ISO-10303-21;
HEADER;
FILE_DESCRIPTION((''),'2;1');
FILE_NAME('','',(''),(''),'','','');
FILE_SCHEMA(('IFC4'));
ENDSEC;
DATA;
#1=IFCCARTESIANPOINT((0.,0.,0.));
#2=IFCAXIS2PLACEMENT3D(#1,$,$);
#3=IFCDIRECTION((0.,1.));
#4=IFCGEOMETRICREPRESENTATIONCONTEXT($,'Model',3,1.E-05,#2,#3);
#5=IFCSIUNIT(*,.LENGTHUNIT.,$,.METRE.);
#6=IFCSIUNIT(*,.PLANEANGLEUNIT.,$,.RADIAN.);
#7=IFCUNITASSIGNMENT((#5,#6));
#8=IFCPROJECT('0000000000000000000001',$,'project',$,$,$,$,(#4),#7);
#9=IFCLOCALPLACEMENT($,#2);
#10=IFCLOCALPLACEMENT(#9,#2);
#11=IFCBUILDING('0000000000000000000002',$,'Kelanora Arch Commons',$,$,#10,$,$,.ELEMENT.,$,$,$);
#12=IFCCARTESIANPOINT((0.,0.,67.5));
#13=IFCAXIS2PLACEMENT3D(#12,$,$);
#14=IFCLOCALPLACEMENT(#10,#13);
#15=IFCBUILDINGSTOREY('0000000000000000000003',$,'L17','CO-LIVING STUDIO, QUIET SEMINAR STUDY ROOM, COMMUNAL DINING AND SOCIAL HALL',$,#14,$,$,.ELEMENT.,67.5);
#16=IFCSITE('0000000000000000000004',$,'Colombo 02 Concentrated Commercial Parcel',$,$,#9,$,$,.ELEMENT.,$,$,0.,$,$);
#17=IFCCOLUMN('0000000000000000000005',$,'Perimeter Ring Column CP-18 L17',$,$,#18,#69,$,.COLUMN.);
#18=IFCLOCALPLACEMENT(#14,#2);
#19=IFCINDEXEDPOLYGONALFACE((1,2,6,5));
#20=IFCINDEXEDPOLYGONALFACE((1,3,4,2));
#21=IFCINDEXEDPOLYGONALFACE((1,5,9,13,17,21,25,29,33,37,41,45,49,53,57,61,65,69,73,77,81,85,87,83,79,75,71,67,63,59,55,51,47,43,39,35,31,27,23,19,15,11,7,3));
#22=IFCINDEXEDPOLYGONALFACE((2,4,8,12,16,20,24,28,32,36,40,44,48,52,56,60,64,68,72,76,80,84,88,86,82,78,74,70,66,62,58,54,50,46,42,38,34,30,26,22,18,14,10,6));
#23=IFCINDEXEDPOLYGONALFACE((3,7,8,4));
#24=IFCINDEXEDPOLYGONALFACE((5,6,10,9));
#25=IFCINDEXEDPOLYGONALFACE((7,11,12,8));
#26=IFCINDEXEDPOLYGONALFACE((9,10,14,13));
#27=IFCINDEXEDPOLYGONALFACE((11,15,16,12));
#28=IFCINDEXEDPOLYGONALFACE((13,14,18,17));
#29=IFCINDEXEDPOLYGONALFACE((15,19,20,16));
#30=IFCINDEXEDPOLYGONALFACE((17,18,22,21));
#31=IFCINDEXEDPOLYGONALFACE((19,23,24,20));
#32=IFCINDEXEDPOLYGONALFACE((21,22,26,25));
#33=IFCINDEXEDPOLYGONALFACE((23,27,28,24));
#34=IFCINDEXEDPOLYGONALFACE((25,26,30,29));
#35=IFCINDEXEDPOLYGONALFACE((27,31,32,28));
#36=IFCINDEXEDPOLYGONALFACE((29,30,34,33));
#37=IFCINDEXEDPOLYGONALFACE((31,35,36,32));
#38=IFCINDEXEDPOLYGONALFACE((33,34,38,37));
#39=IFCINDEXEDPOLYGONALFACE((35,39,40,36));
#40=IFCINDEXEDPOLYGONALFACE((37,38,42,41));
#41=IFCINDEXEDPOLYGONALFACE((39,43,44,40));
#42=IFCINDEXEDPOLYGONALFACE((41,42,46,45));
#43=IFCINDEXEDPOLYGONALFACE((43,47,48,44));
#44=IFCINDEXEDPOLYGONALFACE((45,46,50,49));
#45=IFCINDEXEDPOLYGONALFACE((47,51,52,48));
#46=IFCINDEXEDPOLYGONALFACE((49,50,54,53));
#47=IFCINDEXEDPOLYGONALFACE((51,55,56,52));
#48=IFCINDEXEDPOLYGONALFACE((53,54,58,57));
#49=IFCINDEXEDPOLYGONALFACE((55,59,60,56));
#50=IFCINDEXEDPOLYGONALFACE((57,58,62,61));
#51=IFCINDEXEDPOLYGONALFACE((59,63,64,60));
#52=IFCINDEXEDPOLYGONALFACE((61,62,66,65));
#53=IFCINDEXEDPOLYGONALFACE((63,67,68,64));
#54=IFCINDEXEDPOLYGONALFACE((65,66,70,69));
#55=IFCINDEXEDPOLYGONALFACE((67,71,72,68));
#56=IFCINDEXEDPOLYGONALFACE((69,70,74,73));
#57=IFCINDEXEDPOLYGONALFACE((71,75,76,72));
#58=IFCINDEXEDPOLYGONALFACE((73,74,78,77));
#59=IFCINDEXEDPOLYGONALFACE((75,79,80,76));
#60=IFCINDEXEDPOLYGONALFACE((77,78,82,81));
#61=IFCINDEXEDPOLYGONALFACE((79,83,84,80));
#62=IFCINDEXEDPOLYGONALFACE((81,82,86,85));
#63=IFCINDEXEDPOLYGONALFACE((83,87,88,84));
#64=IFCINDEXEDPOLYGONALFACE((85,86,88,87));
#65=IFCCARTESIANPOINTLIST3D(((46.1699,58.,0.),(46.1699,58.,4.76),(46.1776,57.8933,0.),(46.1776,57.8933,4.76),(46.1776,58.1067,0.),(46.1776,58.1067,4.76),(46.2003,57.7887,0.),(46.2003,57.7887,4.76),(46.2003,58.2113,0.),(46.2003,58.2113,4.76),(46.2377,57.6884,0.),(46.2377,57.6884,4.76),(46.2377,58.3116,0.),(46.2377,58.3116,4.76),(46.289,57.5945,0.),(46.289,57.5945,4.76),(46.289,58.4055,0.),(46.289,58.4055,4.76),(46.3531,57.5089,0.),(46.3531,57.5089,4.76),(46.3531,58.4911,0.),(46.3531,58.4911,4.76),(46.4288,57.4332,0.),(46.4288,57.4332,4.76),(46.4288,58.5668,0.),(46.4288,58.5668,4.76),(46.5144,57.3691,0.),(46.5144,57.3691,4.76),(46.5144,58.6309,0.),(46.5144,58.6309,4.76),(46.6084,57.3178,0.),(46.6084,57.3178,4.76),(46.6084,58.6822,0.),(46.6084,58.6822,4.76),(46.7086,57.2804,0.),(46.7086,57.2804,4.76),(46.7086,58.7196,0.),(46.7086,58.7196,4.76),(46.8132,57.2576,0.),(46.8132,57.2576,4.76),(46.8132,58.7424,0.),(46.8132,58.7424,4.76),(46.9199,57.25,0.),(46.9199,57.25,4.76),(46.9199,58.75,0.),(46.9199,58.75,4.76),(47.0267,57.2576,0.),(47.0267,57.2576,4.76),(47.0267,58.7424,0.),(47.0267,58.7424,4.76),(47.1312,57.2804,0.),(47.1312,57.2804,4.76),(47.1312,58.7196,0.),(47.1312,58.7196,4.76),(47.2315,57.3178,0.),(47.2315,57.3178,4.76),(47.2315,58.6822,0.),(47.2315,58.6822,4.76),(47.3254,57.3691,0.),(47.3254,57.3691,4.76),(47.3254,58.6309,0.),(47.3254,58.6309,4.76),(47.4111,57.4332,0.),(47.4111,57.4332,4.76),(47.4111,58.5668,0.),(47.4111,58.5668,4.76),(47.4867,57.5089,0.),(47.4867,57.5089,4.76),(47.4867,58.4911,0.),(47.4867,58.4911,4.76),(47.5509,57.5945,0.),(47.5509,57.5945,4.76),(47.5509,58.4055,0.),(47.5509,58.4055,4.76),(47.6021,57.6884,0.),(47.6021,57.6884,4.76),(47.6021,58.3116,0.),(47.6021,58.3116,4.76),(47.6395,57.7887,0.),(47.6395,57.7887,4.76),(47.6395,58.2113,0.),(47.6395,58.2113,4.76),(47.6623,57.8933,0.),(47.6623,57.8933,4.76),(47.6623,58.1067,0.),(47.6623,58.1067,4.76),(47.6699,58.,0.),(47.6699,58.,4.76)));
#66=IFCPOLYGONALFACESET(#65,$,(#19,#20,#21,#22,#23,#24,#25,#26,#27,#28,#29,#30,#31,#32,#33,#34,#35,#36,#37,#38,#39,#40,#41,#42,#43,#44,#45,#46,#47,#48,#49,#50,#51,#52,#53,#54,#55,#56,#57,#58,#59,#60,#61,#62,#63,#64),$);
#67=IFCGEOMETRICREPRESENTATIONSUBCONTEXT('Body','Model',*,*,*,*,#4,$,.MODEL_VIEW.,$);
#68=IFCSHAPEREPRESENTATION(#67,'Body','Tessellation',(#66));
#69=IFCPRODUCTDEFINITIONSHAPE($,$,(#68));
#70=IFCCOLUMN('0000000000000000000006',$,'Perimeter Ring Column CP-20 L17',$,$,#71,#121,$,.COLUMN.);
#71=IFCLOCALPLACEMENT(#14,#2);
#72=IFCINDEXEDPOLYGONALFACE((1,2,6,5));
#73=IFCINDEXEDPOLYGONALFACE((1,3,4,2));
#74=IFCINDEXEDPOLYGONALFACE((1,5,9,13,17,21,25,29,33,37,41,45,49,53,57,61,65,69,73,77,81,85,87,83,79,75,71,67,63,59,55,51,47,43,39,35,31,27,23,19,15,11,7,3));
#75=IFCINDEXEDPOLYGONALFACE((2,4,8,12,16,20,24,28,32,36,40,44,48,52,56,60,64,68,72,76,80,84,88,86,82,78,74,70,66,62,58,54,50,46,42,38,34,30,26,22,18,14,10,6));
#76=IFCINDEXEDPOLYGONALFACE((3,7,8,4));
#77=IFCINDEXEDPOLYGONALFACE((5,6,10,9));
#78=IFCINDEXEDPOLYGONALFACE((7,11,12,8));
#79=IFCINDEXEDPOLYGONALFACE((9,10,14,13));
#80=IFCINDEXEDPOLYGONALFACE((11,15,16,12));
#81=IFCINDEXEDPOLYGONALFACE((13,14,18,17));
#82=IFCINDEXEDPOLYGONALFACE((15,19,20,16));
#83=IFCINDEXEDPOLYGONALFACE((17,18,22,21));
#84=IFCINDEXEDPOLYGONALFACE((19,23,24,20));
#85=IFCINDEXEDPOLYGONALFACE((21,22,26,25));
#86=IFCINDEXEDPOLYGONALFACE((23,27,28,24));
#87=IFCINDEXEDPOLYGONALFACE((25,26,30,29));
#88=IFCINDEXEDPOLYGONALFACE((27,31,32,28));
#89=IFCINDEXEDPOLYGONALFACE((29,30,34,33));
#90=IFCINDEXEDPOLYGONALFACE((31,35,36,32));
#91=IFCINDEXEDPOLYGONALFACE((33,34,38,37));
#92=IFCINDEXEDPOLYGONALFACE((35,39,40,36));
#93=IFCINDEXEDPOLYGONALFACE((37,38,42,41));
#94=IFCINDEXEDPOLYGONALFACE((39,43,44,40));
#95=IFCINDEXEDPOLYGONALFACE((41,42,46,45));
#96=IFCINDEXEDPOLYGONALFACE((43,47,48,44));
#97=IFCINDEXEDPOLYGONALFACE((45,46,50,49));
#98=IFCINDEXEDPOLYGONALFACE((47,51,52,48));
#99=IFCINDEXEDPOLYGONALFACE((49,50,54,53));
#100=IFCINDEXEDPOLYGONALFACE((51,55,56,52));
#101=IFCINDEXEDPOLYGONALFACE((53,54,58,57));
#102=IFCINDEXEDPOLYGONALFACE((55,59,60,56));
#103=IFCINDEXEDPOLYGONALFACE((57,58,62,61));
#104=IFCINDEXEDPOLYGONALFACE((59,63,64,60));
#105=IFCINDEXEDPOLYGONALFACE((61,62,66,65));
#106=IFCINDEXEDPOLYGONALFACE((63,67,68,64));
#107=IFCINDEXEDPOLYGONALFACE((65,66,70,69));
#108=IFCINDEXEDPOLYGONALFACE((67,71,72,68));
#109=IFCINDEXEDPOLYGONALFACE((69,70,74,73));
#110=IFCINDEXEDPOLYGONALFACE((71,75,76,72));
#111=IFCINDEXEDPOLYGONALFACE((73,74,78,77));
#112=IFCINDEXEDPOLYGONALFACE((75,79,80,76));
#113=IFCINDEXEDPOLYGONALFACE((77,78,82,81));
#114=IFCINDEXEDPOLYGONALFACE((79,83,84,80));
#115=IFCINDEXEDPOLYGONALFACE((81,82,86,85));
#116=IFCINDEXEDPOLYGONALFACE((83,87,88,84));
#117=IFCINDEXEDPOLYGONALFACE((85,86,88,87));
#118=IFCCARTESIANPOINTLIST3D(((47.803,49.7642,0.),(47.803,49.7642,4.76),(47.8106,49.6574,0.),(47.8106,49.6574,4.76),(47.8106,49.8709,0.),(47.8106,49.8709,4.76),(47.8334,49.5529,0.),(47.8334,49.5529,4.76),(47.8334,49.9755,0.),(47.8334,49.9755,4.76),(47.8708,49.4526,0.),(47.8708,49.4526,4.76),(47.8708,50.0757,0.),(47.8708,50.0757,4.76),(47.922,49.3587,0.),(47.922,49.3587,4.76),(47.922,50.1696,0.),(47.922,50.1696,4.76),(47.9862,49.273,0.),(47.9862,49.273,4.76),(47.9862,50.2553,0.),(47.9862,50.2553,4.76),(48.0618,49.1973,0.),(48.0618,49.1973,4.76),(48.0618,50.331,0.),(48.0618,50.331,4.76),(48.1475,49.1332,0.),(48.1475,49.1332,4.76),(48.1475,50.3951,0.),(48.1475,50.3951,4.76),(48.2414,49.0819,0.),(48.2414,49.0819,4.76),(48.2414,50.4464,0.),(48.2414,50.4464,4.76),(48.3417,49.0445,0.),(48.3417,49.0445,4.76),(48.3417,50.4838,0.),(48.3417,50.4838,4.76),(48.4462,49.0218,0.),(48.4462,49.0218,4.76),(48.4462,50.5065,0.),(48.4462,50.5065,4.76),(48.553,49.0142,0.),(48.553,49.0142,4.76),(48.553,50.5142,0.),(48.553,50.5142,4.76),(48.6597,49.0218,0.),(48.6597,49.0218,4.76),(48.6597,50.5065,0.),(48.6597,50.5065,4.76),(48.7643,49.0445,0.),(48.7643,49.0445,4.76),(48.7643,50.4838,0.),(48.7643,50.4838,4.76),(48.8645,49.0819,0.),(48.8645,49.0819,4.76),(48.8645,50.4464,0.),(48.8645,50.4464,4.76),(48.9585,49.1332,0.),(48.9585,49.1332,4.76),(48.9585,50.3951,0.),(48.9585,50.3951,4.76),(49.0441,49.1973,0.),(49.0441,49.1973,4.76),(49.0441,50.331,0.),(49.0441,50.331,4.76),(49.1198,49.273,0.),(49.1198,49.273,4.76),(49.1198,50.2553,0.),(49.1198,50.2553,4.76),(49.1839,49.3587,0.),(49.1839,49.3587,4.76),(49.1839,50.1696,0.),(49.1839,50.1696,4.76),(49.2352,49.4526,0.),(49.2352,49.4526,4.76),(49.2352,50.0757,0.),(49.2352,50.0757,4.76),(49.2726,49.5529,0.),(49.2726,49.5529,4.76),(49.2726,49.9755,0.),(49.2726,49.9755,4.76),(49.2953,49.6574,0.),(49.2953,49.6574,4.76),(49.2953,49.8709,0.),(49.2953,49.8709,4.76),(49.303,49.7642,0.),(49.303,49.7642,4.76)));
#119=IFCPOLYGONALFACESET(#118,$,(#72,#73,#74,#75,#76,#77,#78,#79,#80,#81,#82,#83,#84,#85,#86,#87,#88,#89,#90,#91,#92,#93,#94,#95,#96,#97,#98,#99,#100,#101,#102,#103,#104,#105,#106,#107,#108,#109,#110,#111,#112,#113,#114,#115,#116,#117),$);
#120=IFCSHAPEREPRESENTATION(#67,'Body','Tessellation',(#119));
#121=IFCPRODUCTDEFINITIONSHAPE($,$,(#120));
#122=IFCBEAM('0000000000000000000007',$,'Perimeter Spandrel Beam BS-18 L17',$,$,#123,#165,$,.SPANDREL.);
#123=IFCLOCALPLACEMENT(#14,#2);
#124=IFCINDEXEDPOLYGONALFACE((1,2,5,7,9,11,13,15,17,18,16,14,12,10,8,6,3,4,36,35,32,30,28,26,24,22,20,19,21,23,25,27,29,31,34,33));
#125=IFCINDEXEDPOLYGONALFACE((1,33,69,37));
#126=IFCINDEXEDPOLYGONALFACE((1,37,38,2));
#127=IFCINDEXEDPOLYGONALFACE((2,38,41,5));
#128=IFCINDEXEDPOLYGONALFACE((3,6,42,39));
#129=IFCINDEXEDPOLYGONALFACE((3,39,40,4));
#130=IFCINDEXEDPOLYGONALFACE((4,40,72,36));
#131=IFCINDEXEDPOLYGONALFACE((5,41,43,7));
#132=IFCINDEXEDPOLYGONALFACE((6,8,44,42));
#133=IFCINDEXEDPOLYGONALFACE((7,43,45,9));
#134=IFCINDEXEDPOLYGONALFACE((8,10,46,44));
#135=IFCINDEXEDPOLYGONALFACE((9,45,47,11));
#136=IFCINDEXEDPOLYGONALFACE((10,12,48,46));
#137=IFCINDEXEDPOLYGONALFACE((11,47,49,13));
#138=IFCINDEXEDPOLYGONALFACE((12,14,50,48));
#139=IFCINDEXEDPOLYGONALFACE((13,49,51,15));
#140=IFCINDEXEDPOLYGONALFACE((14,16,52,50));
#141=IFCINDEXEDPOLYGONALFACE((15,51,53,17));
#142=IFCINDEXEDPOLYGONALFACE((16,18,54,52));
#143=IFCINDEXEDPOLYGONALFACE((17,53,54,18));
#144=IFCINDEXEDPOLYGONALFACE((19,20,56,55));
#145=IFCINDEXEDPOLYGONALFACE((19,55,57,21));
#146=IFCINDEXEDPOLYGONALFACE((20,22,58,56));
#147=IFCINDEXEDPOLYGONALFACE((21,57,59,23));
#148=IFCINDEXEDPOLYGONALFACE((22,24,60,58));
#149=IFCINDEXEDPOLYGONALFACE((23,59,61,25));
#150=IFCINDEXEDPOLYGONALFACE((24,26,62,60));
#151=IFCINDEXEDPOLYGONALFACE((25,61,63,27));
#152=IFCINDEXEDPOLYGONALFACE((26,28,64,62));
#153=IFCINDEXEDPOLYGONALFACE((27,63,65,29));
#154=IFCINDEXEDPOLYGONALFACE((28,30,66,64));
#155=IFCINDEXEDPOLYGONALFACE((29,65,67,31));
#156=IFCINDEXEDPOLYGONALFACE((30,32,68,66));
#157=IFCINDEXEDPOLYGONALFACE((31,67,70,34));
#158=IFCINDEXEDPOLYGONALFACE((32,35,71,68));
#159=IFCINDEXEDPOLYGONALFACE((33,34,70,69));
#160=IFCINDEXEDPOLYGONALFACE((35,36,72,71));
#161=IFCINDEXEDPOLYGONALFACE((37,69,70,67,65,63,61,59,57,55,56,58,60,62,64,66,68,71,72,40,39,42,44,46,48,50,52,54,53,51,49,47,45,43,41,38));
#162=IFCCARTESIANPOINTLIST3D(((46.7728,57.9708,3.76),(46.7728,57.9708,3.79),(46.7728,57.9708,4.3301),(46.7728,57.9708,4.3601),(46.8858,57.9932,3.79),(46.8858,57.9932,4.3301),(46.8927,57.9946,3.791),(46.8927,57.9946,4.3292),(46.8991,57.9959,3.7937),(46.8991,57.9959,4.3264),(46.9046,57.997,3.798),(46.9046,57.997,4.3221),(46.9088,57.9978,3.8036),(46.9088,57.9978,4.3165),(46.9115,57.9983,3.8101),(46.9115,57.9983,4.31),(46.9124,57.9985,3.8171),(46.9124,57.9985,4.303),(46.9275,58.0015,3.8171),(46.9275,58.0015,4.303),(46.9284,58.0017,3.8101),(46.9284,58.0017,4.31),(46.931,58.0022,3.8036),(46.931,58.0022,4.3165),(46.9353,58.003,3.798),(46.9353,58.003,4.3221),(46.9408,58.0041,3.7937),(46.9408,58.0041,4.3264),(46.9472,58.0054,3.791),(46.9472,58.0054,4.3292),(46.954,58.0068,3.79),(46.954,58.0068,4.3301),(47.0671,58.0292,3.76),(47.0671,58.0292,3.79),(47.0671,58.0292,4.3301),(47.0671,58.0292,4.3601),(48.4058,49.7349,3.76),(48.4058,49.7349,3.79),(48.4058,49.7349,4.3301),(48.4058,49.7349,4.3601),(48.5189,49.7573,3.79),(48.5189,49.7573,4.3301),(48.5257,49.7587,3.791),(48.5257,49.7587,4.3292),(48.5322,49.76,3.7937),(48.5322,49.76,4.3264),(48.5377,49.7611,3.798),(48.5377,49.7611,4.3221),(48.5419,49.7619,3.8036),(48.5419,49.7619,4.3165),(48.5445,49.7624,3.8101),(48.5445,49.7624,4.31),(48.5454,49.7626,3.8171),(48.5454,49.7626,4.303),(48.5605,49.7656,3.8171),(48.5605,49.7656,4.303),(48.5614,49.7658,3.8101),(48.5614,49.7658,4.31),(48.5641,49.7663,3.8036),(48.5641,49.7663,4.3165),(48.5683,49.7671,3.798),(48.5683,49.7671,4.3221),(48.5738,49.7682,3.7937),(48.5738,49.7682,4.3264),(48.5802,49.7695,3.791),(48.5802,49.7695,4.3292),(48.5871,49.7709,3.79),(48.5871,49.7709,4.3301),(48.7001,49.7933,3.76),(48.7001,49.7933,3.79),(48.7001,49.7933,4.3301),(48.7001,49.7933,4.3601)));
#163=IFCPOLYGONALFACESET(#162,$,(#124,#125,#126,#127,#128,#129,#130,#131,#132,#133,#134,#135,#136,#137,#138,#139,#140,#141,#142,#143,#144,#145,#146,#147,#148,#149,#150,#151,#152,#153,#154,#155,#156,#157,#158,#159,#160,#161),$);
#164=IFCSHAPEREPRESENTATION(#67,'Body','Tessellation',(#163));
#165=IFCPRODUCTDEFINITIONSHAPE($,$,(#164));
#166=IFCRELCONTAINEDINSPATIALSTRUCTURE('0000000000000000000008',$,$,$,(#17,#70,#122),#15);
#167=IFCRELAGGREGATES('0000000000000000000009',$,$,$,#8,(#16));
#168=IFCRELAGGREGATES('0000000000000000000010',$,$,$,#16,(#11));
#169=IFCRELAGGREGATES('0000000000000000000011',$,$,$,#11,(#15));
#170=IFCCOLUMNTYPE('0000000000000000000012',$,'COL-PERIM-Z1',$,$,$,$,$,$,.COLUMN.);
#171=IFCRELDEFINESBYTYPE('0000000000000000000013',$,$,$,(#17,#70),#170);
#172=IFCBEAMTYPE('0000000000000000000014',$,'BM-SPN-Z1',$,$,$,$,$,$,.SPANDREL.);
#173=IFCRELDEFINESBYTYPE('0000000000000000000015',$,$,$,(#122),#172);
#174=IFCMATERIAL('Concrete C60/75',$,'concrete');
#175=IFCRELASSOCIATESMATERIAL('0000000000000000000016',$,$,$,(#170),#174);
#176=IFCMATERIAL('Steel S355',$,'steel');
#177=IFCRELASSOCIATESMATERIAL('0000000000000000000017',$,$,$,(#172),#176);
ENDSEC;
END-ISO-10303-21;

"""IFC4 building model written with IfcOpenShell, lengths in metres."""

from ifc_helpers import new_model, si_unit, direction, frame, origin, origin_2d, place, context, subcontext, project, spatial, circle, i_section, extrude, material, material_profile, profile_set, type_object, element, save


model = new_model("IFC4")

# Units and contexts
model_context = context("Model", 3, precision=1e-05, world=origin(), true_north=direction((0.0, 1.0)))
body_context = subcontext(model_context, "Body", "Model", "MODEL_VIEW")
ifc_project = project(units=[si_unit("LENGTHUNIT", "METRE"), si_unit("PLANEANGLEUNIT", "RADIAN")], contexts=[model_context])

# Site, building, storey
site_placement = place(None, origin())
site = spatial("IfcSite", under=ifc_project, at=site_placement, Name="Colombo 02 Concentrated Commercial Parcel", CompositionType="ELEMENT", RefElevation=0.0)
building_placement = place(site_placement, origin())
building = spatial("IfcBuilding", under=site, at=building_placement, Name="Kelanora Arch Commons", CompositionType="ELEMENT")
storey_placement = place(building_placement, frame((0.0, 0.0, 67.5)))
storey = spatial("IfcBuildingStorey", under=building, at=storey_placement, Name="L17", Description="CO-LIVING STUDIO, QUIET SEMINAR STUDY ROOM, COMMUNAL DINING AND SOCIAL HALL", CompositionType="ELEMENT", Elevation=67.5)

# Columns
ifc_material_1 = material(Name="Concrete C60/75", Category="concrete")
ifc_material_profile_1 = material_profile(ifc_material_1, circle(Radius=0.75, at=origin_2d()), Name="RCC1500")
ifc_profile_set_1 = profile_set([ifc_material_profile_1], Name="Concrete C60/75")
column_type = type_object("IfcColumnType", Name="COL-PERIM-Z1", PredefinedType="COLUMN", material=ifc_profile_set_1)
for number, where, z_axis, x_axis, name in (
    (1, (46.9199, 58.0, 0.0), (0.0, 0.0, 1.0), (1.0, 0.0, 0.0), "Perimeter Ring Column CP-18 L17"),
    (2, (48.553, 49.7642, 0.0), (0.0, 0.0, 1.0), (1.0, 0.0, 0.0), "Perimeter Ring Column CP-20 L17"),
):
    element("IfcColumn", number, at=place(storey_placement, frame(where, z_axis=z_axis, x_axis=x_axis)), inside=storey, type_object=column_type, Name=name, PredefinedType="COLUMN", context=body_context, shape_type="SweptSolid", body=[
        extrude(circle(Radius=0.75, at=origin_2d()), origin(), (0.0, 0.0, 1.0), 4.76),
    ])

# Beam
ifc_material_2 = material(Name="Steel S355", Category="steel")
ifc_material_profile_2 = material_profile(ifc_material_2, i_section(OverallWidth=0.3, OverallDepth=0.6001, WebThickness=0.0154, FlangeThickness=0.03, FilletRadius=0.0271, at=origin_2d()), Name="HEB600")
ifc_profile_set_2 = profile_set([ifc_material_profile_2], Name="Steel S355")
beam_type_1 = type_object("IfcBeamType", Name="BM-SPN-Z1", PredefinedType="SPANDREL", material=ifc_profile_set_2)
beam_1_placement = place(storey_placement, frame((46.9199, 58.0, 4.0601), z_axis=(0.1945, -0.980903, 0.0), x_axis=(0.980903, 0.1945, 0.0)))
element("IfcBeam", 3, at=beam_1_placement, inside=storey, type_object=beam_type_1, Name="Perimeter Spandrel Beam BS-18 L17", PredefinedType="SPANDREL", context=body_context, shape_type="SweptSolid", body=[
    extrude(i_section(OverallWidth=0.3, OverallDepth=0.6001, WebThickness=0.0154, FlangeThickness=0.03, FilletRadius=0.0271, at=origin_2d()), origin(), (0.0, 0.0, 1.0), 8.3962),
])

save(model, "model.ifc")
